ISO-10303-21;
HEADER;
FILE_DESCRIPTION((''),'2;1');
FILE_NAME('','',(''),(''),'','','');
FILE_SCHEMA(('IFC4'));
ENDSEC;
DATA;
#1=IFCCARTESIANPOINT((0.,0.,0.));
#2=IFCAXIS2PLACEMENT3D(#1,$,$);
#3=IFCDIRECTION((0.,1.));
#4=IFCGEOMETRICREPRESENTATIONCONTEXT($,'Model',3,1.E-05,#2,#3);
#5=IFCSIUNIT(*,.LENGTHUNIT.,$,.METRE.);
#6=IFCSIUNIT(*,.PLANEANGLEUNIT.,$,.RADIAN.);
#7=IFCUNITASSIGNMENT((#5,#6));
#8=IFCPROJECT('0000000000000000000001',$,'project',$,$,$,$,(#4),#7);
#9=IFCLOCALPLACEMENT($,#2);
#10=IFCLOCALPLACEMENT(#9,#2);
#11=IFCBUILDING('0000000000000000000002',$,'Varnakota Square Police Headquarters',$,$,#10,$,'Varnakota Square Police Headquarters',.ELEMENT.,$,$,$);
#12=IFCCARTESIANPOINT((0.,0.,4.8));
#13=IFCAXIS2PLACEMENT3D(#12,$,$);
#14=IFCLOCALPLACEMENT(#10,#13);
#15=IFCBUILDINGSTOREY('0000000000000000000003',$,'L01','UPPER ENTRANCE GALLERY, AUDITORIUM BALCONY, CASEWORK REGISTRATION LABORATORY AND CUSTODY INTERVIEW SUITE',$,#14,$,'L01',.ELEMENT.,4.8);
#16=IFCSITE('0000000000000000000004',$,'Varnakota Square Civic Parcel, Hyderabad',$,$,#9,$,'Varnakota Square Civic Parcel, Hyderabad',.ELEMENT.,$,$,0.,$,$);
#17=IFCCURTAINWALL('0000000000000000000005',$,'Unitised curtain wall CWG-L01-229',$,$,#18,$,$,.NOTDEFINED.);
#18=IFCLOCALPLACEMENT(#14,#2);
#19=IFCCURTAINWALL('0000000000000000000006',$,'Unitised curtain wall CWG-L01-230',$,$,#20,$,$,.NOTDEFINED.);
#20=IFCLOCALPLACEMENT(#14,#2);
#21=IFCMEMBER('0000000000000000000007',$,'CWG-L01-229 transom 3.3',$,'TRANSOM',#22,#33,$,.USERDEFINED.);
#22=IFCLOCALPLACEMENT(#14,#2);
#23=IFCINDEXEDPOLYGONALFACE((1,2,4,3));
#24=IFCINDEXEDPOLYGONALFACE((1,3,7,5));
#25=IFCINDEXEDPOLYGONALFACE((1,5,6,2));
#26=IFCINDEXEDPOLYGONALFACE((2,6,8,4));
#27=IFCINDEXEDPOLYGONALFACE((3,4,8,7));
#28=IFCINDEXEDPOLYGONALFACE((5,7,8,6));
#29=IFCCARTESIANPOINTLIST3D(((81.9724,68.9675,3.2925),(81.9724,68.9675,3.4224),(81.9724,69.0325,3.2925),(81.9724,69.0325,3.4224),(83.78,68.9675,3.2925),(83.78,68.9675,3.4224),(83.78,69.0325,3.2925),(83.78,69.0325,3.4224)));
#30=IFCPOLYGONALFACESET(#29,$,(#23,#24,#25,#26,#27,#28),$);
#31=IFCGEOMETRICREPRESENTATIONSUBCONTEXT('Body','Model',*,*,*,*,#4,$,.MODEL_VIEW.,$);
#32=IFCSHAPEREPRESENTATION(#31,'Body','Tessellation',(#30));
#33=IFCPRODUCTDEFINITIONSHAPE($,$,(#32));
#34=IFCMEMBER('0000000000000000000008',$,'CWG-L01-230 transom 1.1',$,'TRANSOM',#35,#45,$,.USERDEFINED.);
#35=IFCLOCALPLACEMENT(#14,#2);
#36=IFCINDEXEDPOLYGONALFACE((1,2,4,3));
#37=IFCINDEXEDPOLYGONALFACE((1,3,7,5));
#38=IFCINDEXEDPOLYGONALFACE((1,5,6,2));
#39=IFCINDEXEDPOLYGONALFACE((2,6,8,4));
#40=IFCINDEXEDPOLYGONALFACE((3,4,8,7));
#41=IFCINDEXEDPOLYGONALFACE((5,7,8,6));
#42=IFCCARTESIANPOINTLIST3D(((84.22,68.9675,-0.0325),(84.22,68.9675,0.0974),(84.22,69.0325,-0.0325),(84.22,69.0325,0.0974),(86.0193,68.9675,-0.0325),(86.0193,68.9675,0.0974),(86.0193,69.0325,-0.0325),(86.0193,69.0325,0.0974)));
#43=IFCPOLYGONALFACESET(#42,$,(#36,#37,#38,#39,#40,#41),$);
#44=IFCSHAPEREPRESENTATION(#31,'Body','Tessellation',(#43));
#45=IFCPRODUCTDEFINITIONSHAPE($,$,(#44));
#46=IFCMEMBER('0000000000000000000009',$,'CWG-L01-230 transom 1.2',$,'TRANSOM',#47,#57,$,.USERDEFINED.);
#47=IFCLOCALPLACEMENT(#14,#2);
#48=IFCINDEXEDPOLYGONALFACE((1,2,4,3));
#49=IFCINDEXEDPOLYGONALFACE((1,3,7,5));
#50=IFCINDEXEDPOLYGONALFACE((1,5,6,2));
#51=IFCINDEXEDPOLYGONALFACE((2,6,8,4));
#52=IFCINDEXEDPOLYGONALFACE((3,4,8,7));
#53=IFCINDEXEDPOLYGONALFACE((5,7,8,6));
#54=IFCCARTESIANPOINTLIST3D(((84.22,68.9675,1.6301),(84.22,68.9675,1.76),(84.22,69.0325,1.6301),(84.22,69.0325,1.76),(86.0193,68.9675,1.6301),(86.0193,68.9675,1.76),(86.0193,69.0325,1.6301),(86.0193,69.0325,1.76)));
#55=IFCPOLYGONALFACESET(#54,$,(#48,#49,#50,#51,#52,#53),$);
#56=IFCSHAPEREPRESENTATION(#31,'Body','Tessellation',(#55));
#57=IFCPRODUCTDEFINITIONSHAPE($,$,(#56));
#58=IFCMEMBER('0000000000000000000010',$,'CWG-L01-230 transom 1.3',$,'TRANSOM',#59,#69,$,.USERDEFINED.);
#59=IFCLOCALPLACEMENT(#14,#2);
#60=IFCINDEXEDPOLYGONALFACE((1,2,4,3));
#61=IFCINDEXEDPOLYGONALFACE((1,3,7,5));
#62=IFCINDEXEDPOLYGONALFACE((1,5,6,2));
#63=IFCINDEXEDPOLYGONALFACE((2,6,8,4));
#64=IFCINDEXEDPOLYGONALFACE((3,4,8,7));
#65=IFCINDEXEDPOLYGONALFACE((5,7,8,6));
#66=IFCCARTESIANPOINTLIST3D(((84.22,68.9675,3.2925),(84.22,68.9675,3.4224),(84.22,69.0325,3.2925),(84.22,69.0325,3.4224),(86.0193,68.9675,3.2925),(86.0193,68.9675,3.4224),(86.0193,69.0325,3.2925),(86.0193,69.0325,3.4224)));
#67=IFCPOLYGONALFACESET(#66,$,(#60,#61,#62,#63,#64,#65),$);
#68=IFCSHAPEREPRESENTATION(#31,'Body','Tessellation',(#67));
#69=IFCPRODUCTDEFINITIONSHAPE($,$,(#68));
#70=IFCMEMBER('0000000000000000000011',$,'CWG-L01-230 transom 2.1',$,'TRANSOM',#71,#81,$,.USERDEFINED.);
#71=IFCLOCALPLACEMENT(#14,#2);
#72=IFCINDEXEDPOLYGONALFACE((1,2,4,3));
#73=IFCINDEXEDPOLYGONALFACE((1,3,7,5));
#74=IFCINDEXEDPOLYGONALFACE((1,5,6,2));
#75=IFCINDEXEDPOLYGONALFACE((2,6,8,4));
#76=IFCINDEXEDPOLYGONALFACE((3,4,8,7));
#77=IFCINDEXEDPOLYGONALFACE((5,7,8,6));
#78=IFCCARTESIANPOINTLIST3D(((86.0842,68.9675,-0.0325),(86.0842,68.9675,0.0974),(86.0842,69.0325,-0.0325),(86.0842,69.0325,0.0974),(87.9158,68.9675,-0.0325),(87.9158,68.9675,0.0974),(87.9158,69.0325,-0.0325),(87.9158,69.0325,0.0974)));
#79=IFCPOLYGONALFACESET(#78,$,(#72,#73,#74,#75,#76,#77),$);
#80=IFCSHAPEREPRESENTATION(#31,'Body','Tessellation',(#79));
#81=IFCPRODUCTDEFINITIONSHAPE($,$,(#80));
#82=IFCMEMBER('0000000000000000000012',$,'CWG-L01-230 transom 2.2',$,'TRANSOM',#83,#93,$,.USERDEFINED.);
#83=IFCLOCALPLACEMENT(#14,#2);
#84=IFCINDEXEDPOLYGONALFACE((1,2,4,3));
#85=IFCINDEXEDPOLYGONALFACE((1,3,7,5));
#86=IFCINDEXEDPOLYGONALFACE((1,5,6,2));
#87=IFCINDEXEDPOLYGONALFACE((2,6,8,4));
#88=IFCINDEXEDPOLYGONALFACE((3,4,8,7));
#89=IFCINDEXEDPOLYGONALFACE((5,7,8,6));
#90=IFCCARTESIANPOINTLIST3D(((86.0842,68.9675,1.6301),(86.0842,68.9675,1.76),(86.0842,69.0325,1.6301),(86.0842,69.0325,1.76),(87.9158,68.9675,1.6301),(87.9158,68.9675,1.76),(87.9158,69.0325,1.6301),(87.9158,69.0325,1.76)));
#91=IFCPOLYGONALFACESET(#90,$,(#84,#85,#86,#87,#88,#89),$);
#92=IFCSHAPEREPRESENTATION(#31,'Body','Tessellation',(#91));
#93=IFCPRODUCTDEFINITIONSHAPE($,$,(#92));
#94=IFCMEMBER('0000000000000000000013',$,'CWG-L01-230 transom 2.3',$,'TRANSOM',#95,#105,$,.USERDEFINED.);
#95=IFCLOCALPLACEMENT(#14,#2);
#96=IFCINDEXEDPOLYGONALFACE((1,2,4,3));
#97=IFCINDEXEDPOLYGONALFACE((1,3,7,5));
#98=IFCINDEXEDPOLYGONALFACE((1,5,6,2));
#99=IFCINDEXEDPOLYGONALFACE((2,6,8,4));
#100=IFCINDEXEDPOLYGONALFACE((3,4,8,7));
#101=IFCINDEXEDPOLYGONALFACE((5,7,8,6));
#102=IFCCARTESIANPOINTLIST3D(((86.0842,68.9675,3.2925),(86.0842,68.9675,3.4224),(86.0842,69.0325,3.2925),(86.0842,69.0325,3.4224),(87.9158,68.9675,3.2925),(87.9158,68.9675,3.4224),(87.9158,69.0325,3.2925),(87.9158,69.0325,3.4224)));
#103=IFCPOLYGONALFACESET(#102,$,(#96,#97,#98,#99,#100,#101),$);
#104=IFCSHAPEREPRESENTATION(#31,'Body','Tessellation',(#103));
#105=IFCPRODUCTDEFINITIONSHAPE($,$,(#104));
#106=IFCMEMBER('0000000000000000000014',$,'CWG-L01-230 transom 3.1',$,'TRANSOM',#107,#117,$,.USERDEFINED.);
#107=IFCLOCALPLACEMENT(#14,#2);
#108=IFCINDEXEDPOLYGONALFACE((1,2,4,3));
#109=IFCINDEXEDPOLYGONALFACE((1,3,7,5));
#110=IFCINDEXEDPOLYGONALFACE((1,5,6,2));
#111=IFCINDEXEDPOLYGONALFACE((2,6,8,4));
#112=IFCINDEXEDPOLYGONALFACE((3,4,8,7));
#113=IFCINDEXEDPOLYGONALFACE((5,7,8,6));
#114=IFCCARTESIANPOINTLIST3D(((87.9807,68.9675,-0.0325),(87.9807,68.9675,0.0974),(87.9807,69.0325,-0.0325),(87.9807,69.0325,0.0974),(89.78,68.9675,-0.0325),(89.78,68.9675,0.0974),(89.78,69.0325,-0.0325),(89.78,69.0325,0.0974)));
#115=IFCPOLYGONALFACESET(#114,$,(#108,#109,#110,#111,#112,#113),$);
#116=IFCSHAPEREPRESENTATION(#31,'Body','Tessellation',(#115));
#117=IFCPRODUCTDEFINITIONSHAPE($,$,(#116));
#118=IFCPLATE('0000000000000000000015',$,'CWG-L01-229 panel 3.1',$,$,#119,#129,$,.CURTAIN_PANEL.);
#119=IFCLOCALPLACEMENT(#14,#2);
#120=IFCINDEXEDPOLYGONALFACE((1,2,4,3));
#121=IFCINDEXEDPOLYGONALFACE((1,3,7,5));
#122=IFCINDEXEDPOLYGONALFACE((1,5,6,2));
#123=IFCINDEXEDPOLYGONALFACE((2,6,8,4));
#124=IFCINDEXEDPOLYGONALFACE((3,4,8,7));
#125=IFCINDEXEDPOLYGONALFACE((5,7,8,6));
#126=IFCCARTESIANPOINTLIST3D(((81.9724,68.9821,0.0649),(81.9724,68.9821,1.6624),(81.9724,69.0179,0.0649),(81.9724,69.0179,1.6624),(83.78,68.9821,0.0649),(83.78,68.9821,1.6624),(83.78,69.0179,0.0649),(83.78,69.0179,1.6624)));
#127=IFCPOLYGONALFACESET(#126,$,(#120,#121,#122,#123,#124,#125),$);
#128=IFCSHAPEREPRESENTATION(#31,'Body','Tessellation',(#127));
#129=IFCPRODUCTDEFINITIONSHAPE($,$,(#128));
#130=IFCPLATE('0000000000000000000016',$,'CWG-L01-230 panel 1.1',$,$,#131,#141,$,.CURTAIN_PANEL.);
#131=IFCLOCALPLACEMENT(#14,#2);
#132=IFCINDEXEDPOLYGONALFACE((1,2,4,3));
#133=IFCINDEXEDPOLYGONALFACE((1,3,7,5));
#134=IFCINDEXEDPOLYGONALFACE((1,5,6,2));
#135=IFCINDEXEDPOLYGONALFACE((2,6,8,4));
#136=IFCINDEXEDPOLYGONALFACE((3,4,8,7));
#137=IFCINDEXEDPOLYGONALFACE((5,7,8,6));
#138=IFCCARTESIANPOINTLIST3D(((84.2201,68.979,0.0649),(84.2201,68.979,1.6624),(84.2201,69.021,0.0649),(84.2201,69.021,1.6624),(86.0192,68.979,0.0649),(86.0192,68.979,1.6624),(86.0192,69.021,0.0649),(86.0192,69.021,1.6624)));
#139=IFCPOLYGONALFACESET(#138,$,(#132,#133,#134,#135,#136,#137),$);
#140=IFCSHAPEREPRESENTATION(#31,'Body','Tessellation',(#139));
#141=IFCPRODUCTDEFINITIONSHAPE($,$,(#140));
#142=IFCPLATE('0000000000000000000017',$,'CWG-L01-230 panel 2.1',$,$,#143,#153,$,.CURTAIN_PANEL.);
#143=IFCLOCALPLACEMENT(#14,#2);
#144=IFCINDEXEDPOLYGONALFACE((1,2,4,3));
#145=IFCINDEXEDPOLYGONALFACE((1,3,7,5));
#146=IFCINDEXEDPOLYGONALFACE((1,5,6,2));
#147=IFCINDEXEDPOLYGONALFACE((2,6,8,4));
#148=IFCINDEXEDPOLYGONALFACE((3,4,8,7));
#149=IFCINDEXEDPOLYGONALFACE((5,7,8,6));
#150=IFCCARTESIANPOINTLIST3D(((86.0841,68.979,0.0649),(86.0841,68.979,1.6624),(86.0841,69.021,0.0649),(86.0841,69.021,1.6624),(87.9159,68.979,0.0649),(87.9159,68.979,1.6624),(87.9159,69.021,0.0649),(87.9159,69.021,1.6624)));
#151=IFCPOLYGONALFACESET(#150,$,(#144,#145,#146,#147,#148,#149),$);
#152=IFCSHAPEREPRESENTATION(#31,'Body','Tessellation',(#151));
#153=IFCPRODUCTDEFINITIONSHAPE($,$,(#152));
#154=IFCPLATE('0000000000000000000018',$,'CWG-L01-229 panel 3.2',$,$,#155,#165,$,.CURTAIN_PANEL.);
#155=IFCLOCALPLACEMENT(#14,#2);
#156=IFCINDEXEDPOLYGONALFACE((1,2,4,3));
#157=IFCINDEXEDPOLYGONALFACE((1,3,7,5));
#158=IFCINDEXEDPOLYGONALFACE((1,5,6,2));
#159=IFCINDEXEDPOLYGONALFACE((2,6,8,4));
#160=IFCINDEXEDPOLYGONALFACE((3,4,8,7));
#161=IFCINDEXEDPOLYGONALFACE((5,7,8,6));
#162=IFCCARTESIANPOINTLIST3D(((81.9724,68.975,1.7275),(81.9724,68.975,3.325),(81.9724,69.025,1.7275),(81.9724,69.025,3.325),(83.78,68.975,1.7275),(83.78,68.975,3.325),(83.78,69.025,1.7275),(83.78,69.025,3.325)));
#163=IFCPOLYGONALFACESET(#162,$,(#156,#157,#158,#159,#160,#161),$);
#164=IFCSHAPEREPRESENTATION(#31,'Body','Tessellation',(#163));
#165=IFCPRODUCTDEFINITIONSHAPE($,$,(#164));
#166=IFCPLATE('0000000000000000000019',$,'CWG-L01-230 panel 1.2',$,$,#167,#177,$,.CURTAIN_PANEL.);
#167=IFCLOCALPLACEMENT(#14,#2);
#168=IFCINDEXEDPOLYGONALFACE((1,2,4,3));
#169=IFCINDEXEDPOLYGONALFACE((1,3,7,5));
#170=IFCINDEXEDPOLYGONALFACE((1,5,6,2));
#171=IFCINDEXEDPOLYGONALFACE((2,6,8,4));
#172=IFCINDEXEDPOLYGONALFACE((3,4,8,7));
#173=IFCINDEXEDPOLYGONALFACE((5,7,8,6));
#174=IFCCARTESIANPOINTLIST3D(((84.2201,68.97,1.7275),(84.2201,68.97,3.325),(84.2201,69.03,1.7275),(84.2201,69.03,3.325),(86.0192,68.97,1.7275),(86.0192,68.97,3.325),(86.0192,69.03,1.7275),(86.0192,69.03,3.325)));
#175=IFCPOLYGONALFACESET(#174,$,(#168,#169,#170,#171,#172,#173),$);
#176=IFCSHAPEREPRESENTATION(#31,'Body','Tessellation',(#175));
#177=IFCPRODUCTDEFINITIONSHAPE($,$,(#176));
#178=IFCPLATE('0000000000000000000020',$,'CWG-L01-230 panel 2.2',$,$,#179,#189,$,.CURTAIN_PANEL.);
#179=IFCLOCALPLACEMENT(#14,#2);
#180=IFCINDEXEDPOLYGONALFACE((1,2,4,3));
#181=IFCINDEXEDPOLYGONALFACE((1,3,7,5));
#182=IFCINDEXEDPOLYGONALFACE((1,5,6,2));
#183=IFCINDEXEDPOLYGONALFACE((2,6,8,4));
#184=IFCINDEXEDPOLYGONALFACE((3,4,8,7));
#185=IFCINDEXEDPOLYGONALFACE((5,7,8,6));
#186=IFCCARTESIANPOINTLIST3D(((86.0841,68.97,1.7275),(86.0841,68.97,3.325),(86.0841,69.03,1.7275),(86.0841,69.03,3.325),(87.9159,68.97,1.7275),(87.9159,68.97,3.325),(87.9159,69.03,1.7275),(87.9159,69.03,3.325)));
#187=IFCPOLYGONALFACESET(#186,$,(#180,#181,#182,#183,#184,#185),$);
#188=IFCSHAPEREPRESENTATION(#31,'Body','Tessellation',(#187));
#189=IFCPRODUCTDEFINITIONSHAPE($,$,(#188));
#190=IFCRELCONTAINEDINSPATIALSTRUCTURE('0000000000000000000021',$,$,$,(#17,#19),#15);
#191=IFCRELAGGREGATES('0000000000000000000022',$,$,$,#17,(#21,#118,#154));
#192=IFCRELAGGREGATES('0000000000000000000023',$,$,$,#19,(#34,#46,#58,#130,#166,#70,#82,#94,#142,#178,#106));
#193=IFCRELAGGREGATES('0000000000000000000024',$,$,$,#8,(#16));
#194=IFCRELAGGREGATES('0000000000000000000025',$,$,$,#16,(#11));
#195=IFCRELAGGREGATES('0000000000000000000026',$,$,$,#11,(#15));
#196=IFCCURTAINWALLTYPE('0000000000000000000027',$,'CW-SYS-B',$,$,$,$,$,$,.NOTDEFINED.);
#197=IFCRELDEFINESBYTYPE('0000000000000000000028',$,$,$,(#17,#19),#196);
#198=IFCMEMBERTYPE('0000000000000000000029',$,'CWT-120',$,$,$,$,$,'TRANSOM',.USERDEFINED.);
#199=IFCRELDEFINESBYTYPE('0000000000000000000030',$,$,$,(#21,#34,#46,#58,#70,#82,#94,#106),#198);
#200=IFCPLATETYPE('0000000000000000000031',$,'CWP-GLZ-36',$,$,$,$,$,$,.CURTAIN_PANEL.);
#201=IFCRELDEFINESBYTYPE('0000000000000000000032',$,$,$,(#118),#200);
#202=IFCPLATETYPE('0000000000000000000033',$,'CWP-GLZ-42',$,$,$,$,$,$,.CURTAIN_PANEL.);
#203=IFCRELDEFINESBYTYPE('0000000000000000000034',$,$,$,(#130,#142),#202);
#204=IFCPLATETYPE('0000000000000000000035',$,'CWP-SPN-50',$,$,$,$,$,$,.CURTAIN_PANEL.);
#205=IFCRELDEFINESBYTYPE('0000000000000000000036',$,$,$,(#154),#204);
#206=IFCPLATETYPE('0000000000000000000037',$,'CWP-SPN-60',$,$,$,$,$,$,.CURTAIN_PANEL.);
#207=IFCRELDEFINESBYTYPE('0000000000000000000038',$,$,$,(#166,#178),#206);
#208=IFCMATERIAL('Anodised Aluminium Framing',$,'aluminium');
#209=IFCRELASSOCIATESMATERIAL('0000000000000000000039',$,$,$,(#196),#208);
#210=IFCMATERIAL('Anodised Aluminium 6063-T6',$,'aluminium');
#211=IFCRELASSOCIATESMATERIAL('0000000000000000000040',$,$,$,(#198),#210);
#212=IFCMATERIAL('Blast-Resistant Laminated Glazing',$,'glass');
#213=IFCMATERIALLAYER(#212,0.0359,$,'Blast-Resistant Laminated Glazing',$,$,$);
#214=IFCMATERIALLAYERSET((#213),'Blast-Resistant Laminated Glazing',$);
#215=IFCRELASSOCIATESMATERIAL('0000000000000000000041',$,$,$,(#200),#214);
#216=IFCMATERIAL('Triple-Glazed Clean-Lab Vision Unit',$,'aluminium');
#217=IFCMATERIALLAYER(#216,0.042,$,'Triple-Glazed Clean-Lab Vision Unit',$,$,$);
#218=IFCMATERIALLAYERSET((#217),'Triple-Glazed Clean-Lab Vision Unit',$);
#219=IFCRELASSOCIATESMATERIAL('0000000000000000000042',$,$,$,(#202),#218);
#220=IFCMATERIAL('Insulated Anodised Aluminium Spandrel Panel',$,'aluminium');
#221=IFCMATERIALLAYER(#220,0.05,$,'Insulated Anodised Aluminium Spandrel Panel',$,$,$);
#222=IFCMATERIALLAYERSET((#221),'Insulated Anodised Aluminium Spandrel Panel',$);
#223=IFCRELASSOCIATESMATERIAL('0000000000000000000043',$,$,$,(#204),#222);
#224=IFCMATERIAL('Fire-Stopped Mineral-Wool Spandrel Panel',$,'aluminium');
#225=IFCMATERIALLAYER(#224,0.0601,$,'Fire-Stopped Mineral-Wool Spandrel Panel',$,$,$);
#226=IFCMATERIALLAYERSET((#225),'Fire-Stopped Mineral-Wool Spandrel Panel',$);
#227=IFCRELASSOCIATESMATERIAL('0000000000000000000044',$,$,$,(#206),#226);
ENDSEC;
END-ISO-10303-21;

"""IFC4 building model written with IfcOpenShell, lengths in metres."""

from ifc_helpers import new_model, si_unit, direction, frame, origin, origin_2d, place, context, subcontext, project, spatial, rectangle, extrude, material, layer, layer_set, material_profile, profile_set, type_object, element, aggregate, save


model = new_model("IFC4")

# Units and contexts
model_context = context("Model", 3, precision=1e-05, world=origin(), true_north=direction((0.0, 1.0)))
body_context = subcontext(model_context, "Body", "Model", "MODEL_VIEW")
ifc_project = project(units=[si_unit("LENGTHUNIT", "METRE"), si_unit("PLANEANGLEUNIT", "RADIAN")], contexts=[model_context])

# Site, building, storey
site_placement = place(None, origin())
site = spatial("IfcSite", under=ifc_project, at=site_placement, Name="Varnakota Square Civic Parcel, Hyderabad", LongName="Varnakota Square Civic Parcel, Hyderabad", CompositionType="ELEMENT", RefElevation=0.0)
building_placement = place(site_placement, origin())
building = spatial("IfcBuilding", under=site, at=building_placement, Name="Varnakota Square Police Headquarters", LongName="Varnakota Square Police Headquarters", CompositionType="ELEMENT")
storey_placement = place(building_placement, frame((0.0, 0.0, 4.8)))
storey = spatial("IfcBuildingStorey", under=building, at=storey_placement, Name="L01", Description="UPPER ENTRANCE GALLERY, AUDITORIUM BALCONY, CASEWORK REGISTRATION LABORATORY AND CUSTODY INTERVIEW SUITE", LongName="L01", CompositionType="ELEMENT", Elevation=4.8)

# Curtain wall
ifc_material_1 = material(Name="Anodised Aluminium Framing", Category="aluminium")
curtain_wall_type = type_object("IfcCurtainWallType", Name="CW-SYS-B", PredefinedType="NOTDEFINED", material=ifc_material_1)
curtain_wall_1_placement = place(storey_placement, origin())
curtain_wall_1 = element("IfcCurtainWall", 1, at=curtain_wall_1_placement, inside=storey, type_object=curtain_wall_type, Name="Unitised curtain wall CWG-L01-229", PredefinedType="NOTDEFINED")
ifc_material_2 = material(Name="Anodised Aluminium 6063-T6", Category="aluminium")

# Curtain wall
curtain_wall_2_placement = place(storey_placement, origin())
curtain_wall_2 = element("IfcCurtainWall", 2, at=curtain_wall_2_placement, inside=storey, type_object=curtain_wall_type, Name="Unitised curtain wall CWG-L01-230", PredefinedType="NOTDEFINED")

# Members
ifc_material_profile_1 = material_profile(ifc_material_2, rectangle(XDim=0.0649, YDim=0.1299, at=origin_2d()), Name="ALU TRANSOM 65x130")
ifc_profile_set_1 = profile_set([ifc_material_profile_1], Name="Anodised Aluminium 6063-T6")
member_type_1 = type_object("IfcMemberType", Name="CWT-120", ElementType="TRANSOM", PredefinedType="USERDEFINED", material=ifc_profile_set_1)
member_1_placement = place(storey_placement, frame((81.9724, 69.0, 3.3574), z_axis=(1.0, 0.0, 0.0), x_axis=(0.0, 1.0, 0.0)))
member_1 = element("IfcMember", 3, at=member_1_placement, type_object=member_type_1, Name="CWG-L01-229 transom 3.3", ObjectType="TRANSOM", PredefinedType="USERDEFINED", context=body_context, shape_type="SweptSolid", body=[
    extrude(rectangle(XDim=0.0649, YDim=0.1299, at=origin_2d()), origin(), (0.0, 0.0, 1.0), 1.8076),
])
member_2_placement = place(storey_placement, frame((84.22, 69.0, 0.0325), z_axis=(1.0, 0.0, 0.0), x_axis=(0.0, 1.0, 0.0)))
member_2 = element("IfcMember", 4, at=member_2_placement, type_object=member_type_1, Name="CWG-L01-230 transom 1.1", ObjectType="TRANSOM", PredefinedType="USERDEFINED", context=body_context, shape_type="SweptSolid", body=[
    extrude(rectangle(XDim=0.0649, YDim=0.1299, at=origin_2d()), origin(), (0.0, 0.0, 1.0), 1.7993),
])
member_3_placement = place(storey_placement, frame((84.22, 69.0, 1.6951), z_axis=(1.0, 0.0, 0.0), x_axis=(0.0, 1.0, 0.0)))
member_3 = element("IfcMember", 5, at=member_3_placement, type_object=member_type_1, Name="CWG-L01-230 transom 1.2", ObjectType="TRANSOM", PredefinedType="USERDEFINED", context=body_context, shape_type="SweptSolid", body=[
    extrude(rectangle(XDim=0.0649, YDim=0.1299, at=origin_2d()), origin(), (0.0, 0.0, 1.0), 1.7993),
])
member_4_placement = place(storey_placement, frame((84.22, 69.0, 3.3574), z_axis=(1.0, 0.0, 0.0), x_axis=(0.0, 1.0, 0.0)))
member_4 = element("IfcMember", 6, at=member_4_placement, type_object=member_type_1, Name="CWG-L01-230 transom 1.3", ObjectType="TRANSOM", PredefinedType="USERDEFINED", context=body_context, shape_type="SweptSolid", body=[
    extrude(rectangle(XDim=0.0649, YDim=0.1299, at=origin_2d()), origin(), (0.0, 0.0, 1.0), 1.7993),
])
member_5_placement = place(storey_placement, frame((86.0842, 69.0, 0.0325), z_axis=(1.0, 0.0, 0.0), x_axis=(0.0, 1.0, 0.0)))
member_5 = element("IfcMember", 7, at=member_5_placement, type_object=member_type_1, Name="CWG-L01-230 transom 2.1", ObjectType="TRANSOM", PredefinedType="USERDEFINED", context=body_context, shape_type="SweptSolid", body=[
    extrude(rectangle(XDim=0.0649, YDim=0.1299, at=origin_2d()), origin(), (0.0, 0.0, 1.0), 1.8315),
])
member_6_placement = place(storey_placement, frame((86.0842, 69.0, 1.6951), z_axis=(1.0, 0.0, 0.0), x_axis=(0.0, 1.0, 0.0)))
member_6 = element("IfcMember", 8, at=member_6_placement, type_object=member_type_1, Name="CWG-L01-230 transom 2.2", ObjectType="TRANSOM", PredefinedType="USERDEFINED", context=body_context, shape_type="SweptSolid", body=[
    extrude(rectangle(XDim=0.0649, YDim=0.1299, at=origin_2d()), origin(), (0.0, 0.0, 1.0), 1.8315),
])
member_7_placement = place(storey_placement, frame((86.0842, 69.0, 3.3574), z_axis=(1.0, 0.0, 0.0), x_axis=(0.0, 1.0, 0.0)))
member_7 = element("IfcMember", 9, at=member_7_placement, type_object=member_type_1, Name="CWG-L01-230 transom 2.3", ObjectType="TRANSOM", PredefinedType="USERDEFINED", context=body_context, shape_type="SweptSolid", body=[
    extrude(rectangle(XDim=0.0649, YDim=0.1299, at=origin_2d()), origin(), (0.0, 0.0, 1.0), 1.8315),
])
member_8_placement = place(storey_placement, frame((87.9807, 69.0, 0.0325), z_axis=(1.0, 0.0, 0.0), x_axis=(0.0, 1.0, 0.0)))
member_8 = element("IfcMember", 10, at=member_8_placement, type_object=member_type_1, Name="CWG-L01-230 transom 3.1", ObjectType="TRANSOM", PredefinedType="USERDEFINED", context=body_context, shape_type="SweptSolid", body=[
    extrude(rectangle(XDim=0.0649, YDim=0.1299, at=origin_2d()), origin(), (0.0, 0.0, 1.0), 1.7993),
])

# Plates
ifc_material_3 = material(Name="Blast-Resistant Laminated Glazing", Category="glass")
ifc_layer_1 = layer(ifc_material_3, 0.0359, Name="Blast-Resistant Laminated Glazing")
ifc_layer_set_1 = layer_set([ifc_layer_1], Name="Blast-Resistant Laminated Glazing")
plate_type_1 = type_object("IfcPlateType", Name="CWP-GLZ-36", PredefinedType="CURTAIN_PANEL", material=ifc_layer_set_1)
plate_1_placement = place(storey_placement, frame((82.8762, 69.0, 0.0649), z_axis=(0.0, 0.0, 1.0), x_axis=(1.0, 0.0, 0.0)))
plate_1 = element("IfcPlate", 11, at=plate_1_placement, type_object=plate_type_1, Name="CWG-L01-229 panel 3.1", PredefinedType="CURTAIN_PANEL", context=body_context, shape_type="SweptSolid", body=[
    extrude(rectangle(XDim=1.8076, YDim=0.0359, at=origin_2d()), origin(), (0.0, 0.0, 1.0), 1.5974),
])
ifc_material_4 = material(Name="Triple-Glazed Clean-Lab Vision Unit", Category="aluminium")
ifc_layer_2 = layer(ifc_material_4, 0.042, Name="Triple-Glazed Clean-Lab Vision Unit")
ifc_layer_set_2 = layer_set([ifc_layer_2], Name="Triple-Glazed Clean-Lab Vision Unit")
plate_type_2 = type_object("IfcPlateType", Name="CWP-GLZ-42", PredefinedType="CURTAIN_PANEL", material=ifc_layer_set_2)
plate_2_placement = place(storey_placement, frame((85.1196, 69.0, 0.0649), z_axis=(0.0, 0.0, 1.0), x_axis=(1.0, 0.0, 0.0)))
plate_2 = element("IfcPlate", 12, at=plate_2_placement, type_object=plate_type_2, Name="CWG-L01-230 panel 1.1", PredefinedType="CURTAIN_PANEL", context=body_context, shape_type="SweptSolid", body=[
    extrude(rectangle(XDim=1.7991, YDim=0.042, at=origin_2d()), origin(), (0.0, 0.0, 1.0), 1.5974),
])
plate_3_placement = place(storey_placement, frame((87.0, 69.0, 0.0649), z_axis=(0.0, 0.0, 1.0), x_axis=(1.0, 0.0, 0.0)))
plate_3 = element("IfcPlate", 13, at=plate_3_placement, type_object=plate_type_2, Name="CWG-L01-230 panel 2.1", PredefinedType="CURTAIN_PANEL", context=body_context, shape_type="SweptSolid", body=[
    extrude(rectangle(XDim=1.8318, YDim=0.042, at=origin_2d()), origin(), (0.0, 0.0, 1.0), 1.5974),
])
ifc_material_5 = material(Name="Insulated Anodised Aluminium Spandrel Panel", Category="aluminium")
ifc_layer_3 = layer(ifc_material_5, 0.05, Name="Insulated Anodised Aluminium Spandrel Panel")
ifc_layer_set_3 = layer_set([ifc_layer_3], Name="Insulated Anodised Aluminium Spandrel Panel")
plate_type_3 = type_object("IfcPlateType", Name="CWP-SPN-50", PredefinedType="CURTAIN_PANEL", material=ifc_layer_set_3)
plate_4_placement = place(storey_placement, frame((82.8762, 69.0, 1.7275), z_axis=(0.0, 0.0, 1.0), x_axis=(1.0, 0.0, 0.0)))
plate_4 = element("IfcPlate", 14, at=plate_4_placement, type_object=plate_type_3, Name="CWG-L01-229 panel 3.2", PredefinedType="CURTAIN_PANEL", context=body_context, shape_type="SweptSolid", body=[
    extrude(rectangle(XDim=1.8076, YDim=0.05, at=origin_2d()), origin(), (0.0, 0.0, 1.0), 1.5974),
])
aggregate(curtain_wall_1, [member_1, plate_1, plate_4])
ifc_material_6 = material(Name="Fire-Stopped Mineral-Wool Spandrel Panel", Category="aluminium")
ifc_layer_4 = layer(ifc_material_6, 0.0601, Name="Fire-Stopped Mineral-Wool Spandrel Panel")
ifc_layer_set_4 = layer_set([ifc_layer_4], Name="Fire-Stopped Mineral-Wool Spandrel Panel")
plate_type_4 = type_object("IfcPlateType", Name="CWP-SPN-60", PredefinedType="CURTAIN_PANEL", material=ifc_layer_set_4)
plate_5_placement = place(storey_placement, frame((85.1196, 69.0, 1.7275), z_axis=(0.0, 0.0, 1.0), x_axis=(1.0, 0.0, 0.0)))
plate_5 = element("IfcPlate", 15, at=plate_5_placement, type_object=plate_type_4, Name="CWG-L01-230 panel 1.2", PredefinedType="CURTAIN_PANEL", context=body_context, shape_type="SweptSolid", body=[
    extrude(rectangle(XDim=1.7991, YDim=0.0601, at=origin_2d()), origin(), (0.0, 0.0, 1.0), 1.5974),
])
plate_6_placement = place(storey_placement, frame((87.0, 69.0, 1.7275), z_axis=(0.0, 0.0, 1.0), x_axis=(1.0, 0.0, 0.0)))
plate_6 = element("IfcPlate", 16, at=plate_6_placement, type_object=plate_type_4, Name="CWG-L01-230 panel 2.2", PredefinedType="CURTAIN_PANEL", context=body_context, shape_type="SweptSolid", body=[
    extrude(rectangle(XDim=1.8318, YDim=0.0601, at=origin_2d()), origin(), (0.0, 0.0, 1.0), 1.5974),
])
aggregate(curtain_wall_2, [member_2, member_3, member_4, plate_2, plate_5, member_5, member_6, member_7, plate_3, plate_6, member_8])

save(model, "model.ifc")
